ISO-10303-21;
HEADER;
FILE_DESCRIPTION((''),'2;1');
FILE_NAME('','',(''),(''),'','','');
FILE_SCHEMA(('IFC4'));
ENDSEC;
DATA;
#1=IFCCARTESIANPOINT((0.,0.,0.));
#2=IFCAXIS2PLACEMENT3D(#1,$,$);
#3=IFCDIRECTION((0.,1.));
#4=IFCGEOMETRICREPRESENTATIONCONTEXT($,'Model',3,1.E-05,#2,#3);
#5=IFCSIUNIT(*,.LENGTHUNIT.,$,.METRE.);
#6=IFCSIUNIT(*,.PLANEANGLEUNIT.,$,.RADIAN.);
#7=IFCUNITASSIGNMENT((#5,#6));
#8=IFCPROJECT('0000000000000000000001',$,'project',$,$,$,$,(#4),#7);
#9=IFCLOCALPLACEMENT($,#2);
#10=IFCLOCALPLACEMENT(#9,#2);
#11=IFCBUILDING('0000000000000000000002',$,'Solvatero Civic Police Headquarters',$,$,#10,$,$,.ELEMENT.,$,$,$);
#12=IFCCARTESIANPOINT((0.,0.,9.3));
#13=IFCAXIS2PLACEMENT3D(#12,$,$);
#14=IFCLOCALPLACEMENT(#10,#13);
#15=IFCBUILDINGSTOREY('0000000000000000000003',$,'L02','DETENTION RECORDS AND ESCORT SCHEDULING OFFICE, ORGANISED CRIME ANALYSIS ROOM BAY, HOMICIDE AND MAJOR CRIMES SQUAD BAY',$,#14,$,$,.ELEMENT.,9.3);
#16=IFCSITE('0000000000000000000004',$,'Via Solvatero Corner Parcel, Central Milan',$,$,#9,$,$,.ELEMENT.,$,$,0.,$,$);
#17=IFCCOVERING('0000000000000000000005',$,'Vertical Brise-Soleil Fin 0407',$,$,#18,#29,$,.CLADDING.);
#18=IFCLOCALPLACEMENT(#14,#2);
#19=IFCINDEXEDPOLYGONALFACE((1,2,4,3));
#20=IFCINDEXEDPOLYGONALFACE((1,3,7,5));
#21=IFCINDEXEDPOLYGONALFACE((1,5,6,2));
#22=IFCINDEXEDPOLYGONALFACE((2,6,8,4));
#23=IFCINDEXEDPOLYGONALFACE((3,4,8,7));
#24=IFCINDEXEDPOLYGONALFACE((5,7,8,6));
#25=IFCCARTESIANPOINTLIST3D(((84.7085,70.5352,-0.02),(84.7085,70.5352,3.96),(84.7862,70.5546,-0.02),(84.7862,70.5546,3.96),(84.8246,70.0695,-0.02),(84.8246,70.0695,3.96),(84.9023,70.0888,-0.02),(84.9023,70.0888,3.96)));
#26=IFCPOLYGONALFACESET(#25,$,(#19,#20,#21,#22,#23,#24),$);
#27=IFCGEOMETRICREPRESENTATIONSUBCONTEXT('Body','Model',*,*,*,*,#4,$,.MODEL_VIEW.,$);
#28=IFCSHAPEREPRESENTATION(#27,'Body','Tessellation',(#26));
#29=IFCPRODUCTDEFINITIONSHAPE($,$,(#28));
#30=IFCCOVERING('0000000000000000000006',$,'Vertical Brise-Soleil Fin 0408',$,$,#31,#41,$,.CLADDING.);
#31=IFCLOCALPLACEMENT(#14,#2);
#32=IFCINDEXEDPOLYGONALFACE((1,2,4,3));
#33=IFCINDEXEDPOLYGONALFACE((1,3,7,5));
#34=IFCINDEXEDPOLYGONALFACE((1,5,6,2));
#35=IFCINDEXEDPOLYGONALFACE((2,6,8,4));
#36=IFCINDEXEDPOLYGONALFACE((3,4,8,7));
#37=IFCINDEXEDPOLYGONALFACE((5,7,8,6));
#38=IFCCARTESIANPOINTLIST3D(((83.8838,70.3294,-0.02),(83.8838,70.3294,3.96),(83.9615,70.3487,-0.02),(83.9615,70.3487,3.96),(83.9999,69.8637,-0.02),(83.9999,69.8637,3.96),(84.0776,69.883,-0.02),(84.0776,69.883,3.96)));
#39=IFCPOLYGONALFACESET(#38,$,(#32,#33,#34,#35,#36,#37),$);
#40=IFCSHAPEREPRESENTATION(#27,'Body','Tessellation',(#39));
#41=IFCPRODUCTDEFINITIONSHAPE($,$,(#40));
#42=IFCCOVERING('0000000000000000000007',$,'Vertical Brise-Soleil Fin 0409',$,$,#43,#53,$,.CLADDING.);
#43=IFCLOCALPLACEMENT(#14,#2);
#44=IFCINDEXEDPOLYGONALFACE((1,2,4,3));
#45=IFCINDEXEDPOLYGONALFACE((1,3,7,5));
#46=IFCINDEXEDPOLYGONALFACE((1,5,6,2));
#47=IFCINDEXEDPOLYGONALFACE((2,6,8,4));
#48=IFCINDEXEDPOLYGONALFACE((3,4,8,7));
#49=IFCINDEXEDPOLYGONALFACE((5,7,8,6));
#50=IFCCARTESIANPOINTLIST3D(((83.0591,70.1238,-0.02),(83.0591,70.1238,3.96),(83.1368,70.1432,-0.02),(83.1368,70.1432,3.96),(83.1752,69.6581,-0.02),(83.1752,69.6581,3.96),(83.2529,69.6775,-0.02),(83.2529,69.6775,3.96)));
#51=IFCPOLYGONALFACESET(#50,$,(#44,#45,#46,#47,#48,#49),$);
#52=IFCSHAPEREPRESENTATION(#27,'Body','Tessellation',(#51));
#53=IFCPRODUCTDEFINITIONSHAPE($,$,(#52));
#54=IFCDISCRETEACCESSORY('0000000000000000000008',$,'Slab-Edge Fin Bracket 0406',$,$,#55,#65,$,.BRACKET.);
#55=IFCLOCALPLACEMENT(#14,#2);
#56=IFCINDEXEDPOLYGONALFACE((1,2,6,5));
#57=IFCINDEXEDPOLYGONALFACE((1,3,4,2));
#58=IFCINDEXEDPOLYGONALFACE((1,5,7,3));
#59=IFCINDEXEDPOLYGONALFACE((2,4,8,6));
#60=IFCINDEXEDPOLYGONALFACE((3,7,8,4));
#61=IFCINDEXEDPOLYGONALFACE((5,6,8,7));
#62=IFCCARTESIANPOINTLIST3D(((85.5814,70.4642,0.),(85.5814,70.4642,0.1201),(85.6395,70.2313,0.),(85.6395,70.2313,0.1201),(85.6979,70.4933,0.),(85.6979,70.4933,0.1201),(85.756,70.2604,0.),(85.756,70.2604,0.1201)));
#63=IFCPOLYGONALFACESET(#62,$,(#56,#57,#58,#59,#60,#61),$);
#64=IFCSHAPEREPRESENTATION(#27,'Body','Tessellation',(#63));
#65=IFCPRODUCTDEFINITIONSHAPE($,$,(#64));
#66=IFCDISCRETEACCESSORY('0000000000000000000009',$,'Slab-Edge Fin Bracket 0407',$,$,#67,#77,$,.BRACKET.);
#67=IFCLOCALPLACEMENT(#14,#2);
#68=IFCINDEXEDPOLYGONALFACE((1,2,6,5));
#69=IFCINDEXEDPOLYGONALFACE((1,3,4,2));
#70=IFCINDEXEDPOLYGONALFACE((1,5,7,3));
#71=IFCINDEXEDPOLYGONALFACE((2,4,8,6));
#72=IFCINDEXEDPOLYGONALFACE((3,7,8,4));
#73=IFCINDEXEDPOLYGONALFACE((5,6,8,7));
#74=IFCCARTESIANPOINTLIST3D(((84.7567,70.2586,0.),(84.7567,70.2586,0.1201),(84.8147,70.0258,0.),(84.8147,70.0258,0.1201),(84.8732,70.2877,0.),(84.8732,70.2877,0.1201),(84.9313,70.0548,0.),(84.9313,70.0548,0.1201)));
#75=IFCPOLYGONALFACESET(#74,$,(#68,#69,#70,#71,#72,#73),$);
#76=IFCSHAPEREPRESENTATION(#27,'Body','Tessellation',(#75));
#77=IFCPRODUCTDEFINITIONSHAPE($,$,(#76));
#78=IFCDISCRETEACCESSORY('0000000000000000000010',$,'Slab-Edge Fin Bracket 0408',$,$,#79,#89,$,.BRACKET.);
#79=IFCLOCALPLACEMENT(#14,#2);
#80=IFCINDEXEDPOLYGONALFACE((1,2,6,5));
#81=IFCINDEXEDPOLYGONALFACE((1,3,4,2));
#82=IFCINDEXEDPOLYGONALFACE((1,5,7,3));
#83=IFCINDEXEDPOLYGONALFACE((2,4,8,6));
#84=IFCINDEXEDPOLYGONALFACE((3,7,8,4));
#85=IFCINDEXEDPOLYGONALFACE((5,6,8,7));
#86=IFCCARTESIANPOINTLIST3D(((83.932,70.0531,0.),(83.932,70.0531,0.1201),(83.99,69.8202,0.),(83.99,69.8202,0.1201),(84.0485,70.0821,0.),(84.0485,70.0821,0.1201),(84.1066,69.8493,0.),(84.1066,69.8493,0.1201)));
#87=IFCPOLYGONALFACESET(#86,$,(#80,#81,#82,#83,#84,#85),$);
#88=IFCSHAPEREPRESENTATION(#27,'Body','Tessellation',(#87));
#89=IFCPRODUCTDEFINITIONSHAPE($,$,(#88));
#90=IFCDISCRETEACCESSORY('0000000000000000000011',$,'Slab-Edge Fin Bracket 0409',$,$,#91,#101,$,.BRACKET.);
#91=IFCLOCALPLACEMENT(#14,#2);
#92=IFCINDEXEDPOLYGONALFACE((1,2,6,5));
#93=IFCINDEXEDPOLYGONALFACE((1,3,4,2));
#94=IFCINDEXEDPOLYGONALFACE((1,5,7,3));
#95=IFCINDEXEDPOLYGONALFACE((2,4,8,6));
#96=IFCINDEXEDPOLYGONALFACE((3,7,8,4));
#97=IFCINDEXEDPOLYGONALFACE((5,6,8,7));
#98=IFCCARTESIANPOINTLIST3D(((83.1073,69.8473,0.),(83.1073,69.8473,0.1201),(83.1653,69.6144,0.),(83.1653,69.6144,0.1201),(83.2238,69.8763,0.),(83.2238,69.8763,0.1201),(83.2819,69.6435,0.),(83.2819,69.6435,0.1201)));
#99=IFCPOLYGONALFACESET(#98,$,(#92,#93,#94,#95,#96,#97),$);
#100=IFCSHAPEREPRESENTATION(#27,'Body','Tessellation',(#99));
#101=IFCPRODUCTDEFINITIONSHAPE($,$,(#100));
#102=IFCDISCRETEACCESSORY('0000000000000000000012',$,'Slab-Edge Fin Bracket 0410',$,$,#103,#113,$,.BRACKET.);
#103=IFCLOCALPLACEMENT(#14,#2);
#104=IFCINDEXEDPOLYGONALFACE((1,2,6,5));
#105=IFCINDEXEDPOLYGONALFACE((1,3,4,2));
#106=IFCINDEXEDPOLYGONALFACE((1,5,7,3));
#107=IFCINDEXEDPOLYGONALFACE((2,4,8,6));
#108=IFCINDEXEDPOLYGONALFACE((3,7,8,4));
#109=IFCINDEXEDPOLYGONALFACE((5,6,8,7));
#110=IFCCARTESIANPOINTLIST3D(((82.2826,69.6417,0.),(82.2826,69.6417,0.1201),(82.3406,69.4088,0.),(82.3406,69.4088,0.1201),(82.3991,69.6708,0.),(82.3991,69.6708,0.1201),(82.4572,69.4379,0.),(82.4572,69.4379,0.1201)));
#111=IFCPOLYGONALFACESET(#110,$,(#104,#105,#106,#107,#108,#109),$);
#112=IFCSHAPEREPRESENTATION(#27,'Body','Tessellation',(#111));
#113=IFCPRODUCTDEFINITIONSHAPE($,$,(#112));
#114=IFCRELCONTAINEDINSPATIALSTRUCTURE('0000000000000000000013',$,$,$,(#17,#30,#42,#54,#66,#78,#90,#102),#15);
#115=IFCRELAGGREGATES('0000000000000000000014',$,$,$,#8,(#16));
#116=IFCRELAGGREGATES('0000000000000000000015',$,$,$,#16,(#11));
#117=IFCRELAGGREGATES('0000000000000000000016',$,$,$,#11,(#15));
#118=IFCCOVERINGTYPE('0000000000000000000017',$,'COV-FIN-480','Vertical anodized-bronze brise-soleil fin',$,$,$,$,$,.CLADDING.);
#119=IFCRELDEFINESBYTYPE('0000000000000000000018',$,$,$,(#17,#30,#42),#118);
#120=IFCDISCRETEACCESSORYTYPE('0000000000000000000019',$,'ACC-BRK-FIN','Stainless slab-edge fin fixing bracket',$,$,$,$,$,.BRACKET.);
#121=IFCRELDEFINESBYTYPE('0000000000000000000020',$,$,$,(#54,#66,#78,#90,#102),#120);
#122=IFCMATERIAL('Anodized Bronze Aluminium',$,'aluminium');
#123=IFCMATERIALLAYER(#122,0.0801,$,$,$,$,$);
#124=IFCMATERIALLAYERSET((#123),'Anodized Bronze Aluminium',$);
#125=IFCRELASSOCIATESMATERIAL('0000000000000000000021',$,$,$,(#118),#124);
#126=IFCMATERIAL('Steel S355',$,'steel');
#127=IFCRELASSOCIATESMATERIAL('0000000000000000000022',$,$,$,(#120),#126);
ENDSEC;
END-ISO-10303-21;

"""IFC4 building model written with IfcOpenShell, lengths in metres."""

from ifc_helpers import new_model, si_unit, direction, frame, origin, origin_2d, place, context, subcontext, project, spatial, rectangle, extrude, material, layer, layer_set, type_object, element, save


model = new_model("IFC4")

# Units and contexts
model_context = context("Model", 3, precision=1e-05, world=origin(), true_north=direction((0.0, 1.0)))
body_context = subcontext(model_context, "Body", "Model", "MODEL_VIEW")
ifc_project = project(units=[si_unit("LENGTHUNIT", "METRE"), si_unit("PLANEANGLEUNIT", "RADIAN")], contexts=[model_context])

# Site, building, storey
site_placement = place(None, origin())
site = spatial("IfcSite", under=ifc_project, at=site_placement, Name="Via Solvatero Corner Parcel, Central Milan", CompositionType="ELEMENT", RefElevation=0.0)
building_placement = place(site_placement, origin())
building = spatial("IfcBuilding", under=site, at=building_placement, Name="Solvatero Civic Police Headquarters", CompositionType="ELEMENT")
storey_placement = place(building_placement, frame((0.0, 0.0, 9.3)))
storey = spatial("IfcBuildingStorey", under=building, at=storey_placement, Name="L02", Description="DETENTION RECORDS AND ESCORT SCHEDULING OFFICE, ORGANISED CRIME ANALYSIS ROOM BAY, HOMICIDE AND MAJOR CRIMES SQUAD BAY", CompositionType="ELEMENT", Elevation=9.3)

# Shared definitions
ifc_material_1 = material(Name="Steel S355", Category="steel")

# Shared definitions
ifc_material_2 = material(Name="Anodized Bronze Aluminium", Category="aluminium")

# Coverings
ifc_layer_1 = layer(ifc_material_2, 0.0801)
ifc_layer_set_1 = layer_set([ifc_layer_1], Name="Anodized Bronze Aluminium")
covering_type = type_object("IfcCoveringType", Name="COV-FIN-480", Description="Vertical anodized-bronze brise-soleil fin", PredefinedType="CLADDING", material=ifc_layer_set_1)
for number, where, z_axis, x_axis, name in (
    (1, (84.8054, 70.312, -0.02), (0.0, 0.0, 1.0), (-0.970296, -0.241922, 0.0), "Vertical Brise-Soleil Fin 0407"),
    (2, (83.9807, 70.1062, -0.02), (0.0, 0.0, 1.0), (-0.970296, -0.241922, 0.0), "Vertical Brise-Soleil Fin 0408"),
    (3, (83.156, 69.9006, -0.02), (0.0, 0.0, 1.0), (-0.970296, -0.241922, 0.0), "Vertical Brise-Soleil Fin 0409"),
):
    element("IfcCovering", number, at=place(storey_placement, frame(where, z_axis=z_axis, x_axis=x_axis)), inside=storey, type_object=covering_type, Name=name, PredefinedType="CLADDING", context=body_context, shape_type="SweptSolid", body=[
        extrude(rectangle(XDim=0.0801, YDim=0.48, at=origin_2d()), origin(), (0.0, 0.0, 1.0), 3.98),
    ])

# Discrete accessories
discrete_accessory_type = type_object("IfcDiscreteAccessoryType", Name="ACC-BRK-FIN", Description="Stainless slab-edge fin fixing bracket", PredefinedType="BRACKET", material=ifc_material_1)
for number, where, z_axis, x_axis, name in (
    (4, (85.6687, 70.3623, 0.0), (0.0, 0.0, 1.0), (-0.970296, -0.241922, 0.0), "Slab-Edge Fin Bracket 0406"),
    (5, (84.844, 70.1567, 0.0), (0.0, 0.0, 1.0), (-0.970296, -0.241922, 0.0), "Slab-Edge Fin Bracket 0407"),
    (6, (84.0193, 69.9512, 0.0), (0.0, 0.0, 1.0), (-0.970296, -0.241922, 0.0), "Slab-Edge Fin Bracket 0408"),
    (7, (83.1946, 69.7454, 0.0), (0.0, 0.0, 1.0), (-0.970296, -0.241922, 0.0), "Slab-Edge Fin Bracket 0409"),
    (8, (82.3699, 69.5398, 0.0), (0.0, 0.0, 1.0), (-0.970296, -0.241922, 0.0), "Slab-Edge Fin Bracket 0410"),
):
    element("IfcDiscreteAccessory", number, at=place(storey_placement, frame(where, z_axis=z_axis, x_axis=x_axis)), inside=storey, type_object=discrete_accessory_type, Name=name, PredefinedType="BRACKET", context=body_context, shape_type="SweptSolid", body=[
        extrude(rectangle(XDim=0.1201, YDim=0.24, at=origin_2d()), origin(), (0.0, 0.0, 1.0), 0.1201),
    ])

save(model, "model.ifc")
